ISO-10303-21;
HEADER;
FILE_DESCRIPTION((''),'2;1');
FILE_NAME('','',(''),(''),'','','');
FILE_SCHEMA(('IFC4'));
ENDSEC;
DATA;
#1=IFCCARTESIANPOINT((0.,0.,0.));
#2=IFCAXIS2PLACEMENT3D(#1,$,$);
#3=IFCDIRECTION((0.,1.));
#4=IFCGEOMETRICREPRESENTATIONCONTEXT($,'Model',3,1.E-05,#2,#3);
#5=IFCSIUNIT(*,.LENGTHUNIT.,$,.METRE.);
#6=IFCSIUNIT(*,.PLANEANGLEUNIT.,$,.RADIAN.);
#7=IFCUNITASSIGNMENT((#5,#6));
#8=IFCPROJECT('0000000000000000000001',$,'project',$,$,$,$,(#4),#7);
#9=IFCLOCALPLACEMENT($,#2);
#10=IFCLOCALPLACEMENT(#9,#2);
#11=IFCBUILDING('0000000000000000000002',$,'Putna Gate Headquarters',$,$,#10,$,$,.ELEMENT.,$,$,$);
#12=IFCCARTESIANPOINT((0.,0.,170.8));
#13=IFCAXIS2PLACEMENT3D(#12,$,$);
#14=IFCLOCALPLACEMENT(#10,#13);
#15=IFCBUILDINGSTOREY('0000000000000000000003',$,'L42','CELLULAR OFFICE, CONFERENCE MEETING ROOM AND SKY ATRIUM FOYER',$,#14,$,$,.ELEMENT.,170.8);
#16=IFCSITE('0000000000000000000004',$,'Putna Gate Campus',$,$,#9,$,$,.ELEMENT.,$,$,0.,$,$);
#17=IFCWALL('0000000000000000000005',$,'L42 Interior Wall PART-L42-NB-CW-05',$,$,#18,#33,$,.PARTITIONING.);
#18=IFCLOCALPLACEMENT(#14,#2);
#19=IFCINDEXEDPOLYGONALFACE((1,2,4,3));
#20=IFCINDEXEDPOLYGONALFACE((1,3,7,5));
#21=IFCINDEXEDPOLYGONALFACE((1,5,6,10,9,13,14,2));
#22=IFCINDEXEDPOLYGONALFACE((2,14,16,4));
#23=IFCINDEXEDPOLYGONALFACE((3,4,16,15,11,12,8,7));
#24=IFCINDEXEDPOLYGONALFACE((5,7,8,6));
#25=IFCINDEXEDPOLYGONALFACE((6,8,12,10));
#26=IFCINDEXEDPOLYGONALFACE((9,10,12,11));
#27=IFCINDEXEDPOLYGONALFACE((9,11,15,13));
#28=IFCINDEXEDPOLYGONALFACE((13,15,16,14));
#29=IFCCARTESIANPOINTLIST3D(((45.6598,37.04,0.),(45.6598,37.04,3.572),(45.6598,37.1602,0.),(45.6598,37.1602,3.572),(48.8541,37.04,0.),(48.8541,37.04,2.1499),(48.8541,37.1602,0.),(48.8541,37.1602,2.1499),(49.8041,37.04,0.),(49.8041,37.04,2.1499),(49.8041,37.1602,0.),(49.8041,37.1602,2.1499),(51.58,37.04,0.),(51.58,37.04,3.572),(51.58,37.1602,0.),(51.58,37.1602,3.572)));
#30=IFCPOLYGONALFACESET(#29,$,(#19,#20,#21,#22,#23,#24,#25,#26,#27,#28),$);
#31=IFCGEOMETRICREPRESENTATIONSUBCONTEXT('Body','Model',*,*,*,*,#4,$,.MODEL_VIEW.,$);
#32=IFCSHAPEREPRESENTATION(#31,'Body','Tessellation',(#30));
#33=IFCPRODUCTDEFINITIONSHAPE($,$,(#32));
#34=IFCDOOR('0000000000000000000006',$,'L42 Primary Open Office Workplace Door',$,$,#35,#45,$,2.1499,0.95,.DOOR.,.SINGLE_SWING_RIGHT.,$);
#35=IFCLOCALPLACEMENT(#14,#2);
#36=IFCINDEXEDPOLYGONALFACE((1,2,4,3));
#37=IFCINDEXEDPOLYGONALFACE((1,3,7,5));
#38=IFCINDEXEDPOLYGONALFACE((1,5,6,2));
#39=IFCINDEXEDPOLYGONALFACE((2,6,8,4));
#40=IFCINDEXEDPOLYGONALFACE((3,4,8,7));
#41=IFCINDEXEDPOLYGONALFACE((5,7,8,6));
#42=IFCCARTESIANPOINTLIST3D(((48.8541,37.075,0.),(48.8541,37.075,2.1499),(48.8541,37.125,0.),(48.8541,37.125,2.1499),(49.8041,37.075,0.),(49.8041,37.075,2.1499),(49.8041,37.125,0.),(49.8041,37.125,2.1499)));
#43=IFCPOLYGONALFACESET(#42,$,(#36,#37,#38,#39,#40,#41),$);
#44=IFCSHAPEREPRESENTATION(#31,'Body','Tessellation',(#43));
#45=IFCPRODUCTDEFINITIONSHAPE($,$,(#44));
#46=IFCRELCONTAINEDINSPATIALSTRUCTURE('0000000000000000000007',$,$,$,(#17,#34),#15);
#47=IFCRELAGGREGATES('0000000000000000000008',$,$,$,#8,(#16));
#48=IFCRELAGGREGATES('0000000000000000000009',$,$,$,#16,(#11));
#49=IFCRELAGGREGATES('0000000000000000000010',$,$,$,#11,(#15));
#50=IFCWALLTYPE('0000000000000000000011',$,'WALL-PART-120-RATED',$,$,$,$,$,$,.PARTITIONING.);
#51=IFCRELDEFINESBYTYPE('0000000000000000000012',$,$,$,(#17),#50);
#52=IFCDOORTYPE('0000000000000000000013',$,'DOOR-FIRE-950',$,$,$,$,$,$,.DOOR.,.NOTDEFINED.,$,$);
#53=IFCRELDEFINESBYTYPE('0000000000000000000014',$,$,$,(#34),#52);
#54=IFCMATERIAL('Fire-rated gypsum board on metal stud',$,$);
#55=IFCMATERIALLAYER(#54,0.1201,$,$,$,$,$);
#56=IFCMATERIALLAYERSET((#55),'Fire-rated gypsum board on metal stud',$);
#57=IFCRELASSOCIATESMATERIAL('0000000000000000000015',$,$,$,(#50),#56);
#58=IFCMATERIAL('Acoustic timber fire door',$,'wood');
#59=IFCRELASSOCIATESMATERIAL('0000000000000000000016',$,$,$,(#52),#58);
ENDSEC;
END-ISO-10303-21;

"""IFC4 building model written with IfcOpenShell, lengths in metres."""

from ifc_helpers import new_model, si_unit, direction, frame, frame_2d, origin, place, context, subcontext, project, spatial, rectangle, extrude, material, layer, layer_set, type_object, element, fill, save


model = new_model("IFC4")

# Units and contexts
model_context = context("Model", 3, precision=1e-05, world=origin(), true_north=direction((0.0, 1.0)))
body_context = subcontext(model_context, "Body", "Model", "MODEL_VIEW")
ifc_project = project(units=[si_unit("LENGTHUNIT", "METRE"), si_unit("PLANEANGLEUNIT", "RADIAN")], contexts=[model_context])

# Site, building, storey
site_placement = place(None, origin())
site = spatial("IfcSite", under=ifc_project, at=site_placement, Name="Putna Gate Campus", CompositionType="ELEMENT", RefElevation=0.0)
building_placement = place(site_placement, origin())
building = spatial("IfcBuilding", under=site, at=building_placement, Name="Putna Gate Headquarters", CompositionType="ELEMENT")
storey_placement = place(building_placement, frame((0.0, 0.0, 170.8)))
storey = spatial("IfcBuildingStorey", under=building, at=storey_placement, Name="L42", Description="CELLULAR OFFICE, CONFERENCE MEETING ROOM AND SKY ATRIUM FOYER", CompositionType="ELEMENT", Elevation=170.8)

# Wall, opening, door
ifc_material_1 = material(Name="Fire-rated gypsum board on metal stud")
ifc_layer_1 = layer(ifc_material_1, 0.1201)
ifc_layer_set_1 = layer_set([ifc_layer_1], Name="Fire-rated gypsum board on metal stud")
wall_type_1 = type_object("IfcWallType", Name="WALL-PART-120-RATED", PredefinedType="PARTITIONING", material=ifc_layer_set_1)
wall_1_placement = place(storey_placement, frame((45.6599, 37.1001, 0.0), z_axis=(0.0, 0.0, 1.0), x_axis=(1.0, 0.0, 0.0)))
wall_1 = element("IfcWall", 1, at=wall_1_placement, inside=storey, type_object=wall_type_1, Name="L42 Interior Wall PART-L42-NB-CW-05", PredefinedType="PARTITIONING", context=body_context, shape_type="SweptSolid", body=[
    extrude(rectangle(XDim=5.9202, YDim=0.1201, at=frame_2d((2.96, 0.0))), origin(), (0.0, 0.0, 1.0), 3.572),
])
opening_1_placement = place(wall_1_placement, frame((3.1941, 0.0, 0.0)))
opening_1 = element("IfcOpeningElement", 2, at=opening_1_placement, cuts=wall_1, PredefinedType="OPENING", context=body_context, shape_type="SweptSolid", body=[
    extrude(rectangle(XDim=0.95, YDim=2.1499, at=frame_2d((0.4751, 1.075))), frame((0.0, 0.0701, 0.0), z_axis=(0.0, -1.0, 0.0), x_axis=(1.0, 0.0, 0.0)), (0.0, 0.0, 1.0), 0.1401),
])
ifc_material_2 = material(Name="Acoustic timber fire door", Category="wood")
door_type_1 = type_object("IfcDoorType", Name="DOOR-FIRE-950", OperationType="NOTDEFINED", PredefinedType="DOOR", material=ifc_material_2)
door_1_placement = place(opening_1_placement, origin())
door_1 = element("IfcDoor", 3, at=door_1_placement, inside=storey, type_object=door_type_1, Name="L42 Primary Open Office Workplace Door", OperationType="SINGLE_SWING_RIGHT", OverallHeight=2.1499, OverallWidth=0.95, PredefinedType="DOOR", context=body_context, shape_type="SweptSolid", body=[
    extrude(rectangle(XDim=0.95, YDim=2.1499, at=frame_2d((0.4751, 1.075))), frame((0.0, 0.0249, 0.0), z_axis=(0.0, -1.0, 0.0), x_axis=(1.0, 0.0, 0.0)), (0.0, 0.0, 1.0), 0.05),
])
fill(opening_1, door_1)

save(model, "model.ifc")
